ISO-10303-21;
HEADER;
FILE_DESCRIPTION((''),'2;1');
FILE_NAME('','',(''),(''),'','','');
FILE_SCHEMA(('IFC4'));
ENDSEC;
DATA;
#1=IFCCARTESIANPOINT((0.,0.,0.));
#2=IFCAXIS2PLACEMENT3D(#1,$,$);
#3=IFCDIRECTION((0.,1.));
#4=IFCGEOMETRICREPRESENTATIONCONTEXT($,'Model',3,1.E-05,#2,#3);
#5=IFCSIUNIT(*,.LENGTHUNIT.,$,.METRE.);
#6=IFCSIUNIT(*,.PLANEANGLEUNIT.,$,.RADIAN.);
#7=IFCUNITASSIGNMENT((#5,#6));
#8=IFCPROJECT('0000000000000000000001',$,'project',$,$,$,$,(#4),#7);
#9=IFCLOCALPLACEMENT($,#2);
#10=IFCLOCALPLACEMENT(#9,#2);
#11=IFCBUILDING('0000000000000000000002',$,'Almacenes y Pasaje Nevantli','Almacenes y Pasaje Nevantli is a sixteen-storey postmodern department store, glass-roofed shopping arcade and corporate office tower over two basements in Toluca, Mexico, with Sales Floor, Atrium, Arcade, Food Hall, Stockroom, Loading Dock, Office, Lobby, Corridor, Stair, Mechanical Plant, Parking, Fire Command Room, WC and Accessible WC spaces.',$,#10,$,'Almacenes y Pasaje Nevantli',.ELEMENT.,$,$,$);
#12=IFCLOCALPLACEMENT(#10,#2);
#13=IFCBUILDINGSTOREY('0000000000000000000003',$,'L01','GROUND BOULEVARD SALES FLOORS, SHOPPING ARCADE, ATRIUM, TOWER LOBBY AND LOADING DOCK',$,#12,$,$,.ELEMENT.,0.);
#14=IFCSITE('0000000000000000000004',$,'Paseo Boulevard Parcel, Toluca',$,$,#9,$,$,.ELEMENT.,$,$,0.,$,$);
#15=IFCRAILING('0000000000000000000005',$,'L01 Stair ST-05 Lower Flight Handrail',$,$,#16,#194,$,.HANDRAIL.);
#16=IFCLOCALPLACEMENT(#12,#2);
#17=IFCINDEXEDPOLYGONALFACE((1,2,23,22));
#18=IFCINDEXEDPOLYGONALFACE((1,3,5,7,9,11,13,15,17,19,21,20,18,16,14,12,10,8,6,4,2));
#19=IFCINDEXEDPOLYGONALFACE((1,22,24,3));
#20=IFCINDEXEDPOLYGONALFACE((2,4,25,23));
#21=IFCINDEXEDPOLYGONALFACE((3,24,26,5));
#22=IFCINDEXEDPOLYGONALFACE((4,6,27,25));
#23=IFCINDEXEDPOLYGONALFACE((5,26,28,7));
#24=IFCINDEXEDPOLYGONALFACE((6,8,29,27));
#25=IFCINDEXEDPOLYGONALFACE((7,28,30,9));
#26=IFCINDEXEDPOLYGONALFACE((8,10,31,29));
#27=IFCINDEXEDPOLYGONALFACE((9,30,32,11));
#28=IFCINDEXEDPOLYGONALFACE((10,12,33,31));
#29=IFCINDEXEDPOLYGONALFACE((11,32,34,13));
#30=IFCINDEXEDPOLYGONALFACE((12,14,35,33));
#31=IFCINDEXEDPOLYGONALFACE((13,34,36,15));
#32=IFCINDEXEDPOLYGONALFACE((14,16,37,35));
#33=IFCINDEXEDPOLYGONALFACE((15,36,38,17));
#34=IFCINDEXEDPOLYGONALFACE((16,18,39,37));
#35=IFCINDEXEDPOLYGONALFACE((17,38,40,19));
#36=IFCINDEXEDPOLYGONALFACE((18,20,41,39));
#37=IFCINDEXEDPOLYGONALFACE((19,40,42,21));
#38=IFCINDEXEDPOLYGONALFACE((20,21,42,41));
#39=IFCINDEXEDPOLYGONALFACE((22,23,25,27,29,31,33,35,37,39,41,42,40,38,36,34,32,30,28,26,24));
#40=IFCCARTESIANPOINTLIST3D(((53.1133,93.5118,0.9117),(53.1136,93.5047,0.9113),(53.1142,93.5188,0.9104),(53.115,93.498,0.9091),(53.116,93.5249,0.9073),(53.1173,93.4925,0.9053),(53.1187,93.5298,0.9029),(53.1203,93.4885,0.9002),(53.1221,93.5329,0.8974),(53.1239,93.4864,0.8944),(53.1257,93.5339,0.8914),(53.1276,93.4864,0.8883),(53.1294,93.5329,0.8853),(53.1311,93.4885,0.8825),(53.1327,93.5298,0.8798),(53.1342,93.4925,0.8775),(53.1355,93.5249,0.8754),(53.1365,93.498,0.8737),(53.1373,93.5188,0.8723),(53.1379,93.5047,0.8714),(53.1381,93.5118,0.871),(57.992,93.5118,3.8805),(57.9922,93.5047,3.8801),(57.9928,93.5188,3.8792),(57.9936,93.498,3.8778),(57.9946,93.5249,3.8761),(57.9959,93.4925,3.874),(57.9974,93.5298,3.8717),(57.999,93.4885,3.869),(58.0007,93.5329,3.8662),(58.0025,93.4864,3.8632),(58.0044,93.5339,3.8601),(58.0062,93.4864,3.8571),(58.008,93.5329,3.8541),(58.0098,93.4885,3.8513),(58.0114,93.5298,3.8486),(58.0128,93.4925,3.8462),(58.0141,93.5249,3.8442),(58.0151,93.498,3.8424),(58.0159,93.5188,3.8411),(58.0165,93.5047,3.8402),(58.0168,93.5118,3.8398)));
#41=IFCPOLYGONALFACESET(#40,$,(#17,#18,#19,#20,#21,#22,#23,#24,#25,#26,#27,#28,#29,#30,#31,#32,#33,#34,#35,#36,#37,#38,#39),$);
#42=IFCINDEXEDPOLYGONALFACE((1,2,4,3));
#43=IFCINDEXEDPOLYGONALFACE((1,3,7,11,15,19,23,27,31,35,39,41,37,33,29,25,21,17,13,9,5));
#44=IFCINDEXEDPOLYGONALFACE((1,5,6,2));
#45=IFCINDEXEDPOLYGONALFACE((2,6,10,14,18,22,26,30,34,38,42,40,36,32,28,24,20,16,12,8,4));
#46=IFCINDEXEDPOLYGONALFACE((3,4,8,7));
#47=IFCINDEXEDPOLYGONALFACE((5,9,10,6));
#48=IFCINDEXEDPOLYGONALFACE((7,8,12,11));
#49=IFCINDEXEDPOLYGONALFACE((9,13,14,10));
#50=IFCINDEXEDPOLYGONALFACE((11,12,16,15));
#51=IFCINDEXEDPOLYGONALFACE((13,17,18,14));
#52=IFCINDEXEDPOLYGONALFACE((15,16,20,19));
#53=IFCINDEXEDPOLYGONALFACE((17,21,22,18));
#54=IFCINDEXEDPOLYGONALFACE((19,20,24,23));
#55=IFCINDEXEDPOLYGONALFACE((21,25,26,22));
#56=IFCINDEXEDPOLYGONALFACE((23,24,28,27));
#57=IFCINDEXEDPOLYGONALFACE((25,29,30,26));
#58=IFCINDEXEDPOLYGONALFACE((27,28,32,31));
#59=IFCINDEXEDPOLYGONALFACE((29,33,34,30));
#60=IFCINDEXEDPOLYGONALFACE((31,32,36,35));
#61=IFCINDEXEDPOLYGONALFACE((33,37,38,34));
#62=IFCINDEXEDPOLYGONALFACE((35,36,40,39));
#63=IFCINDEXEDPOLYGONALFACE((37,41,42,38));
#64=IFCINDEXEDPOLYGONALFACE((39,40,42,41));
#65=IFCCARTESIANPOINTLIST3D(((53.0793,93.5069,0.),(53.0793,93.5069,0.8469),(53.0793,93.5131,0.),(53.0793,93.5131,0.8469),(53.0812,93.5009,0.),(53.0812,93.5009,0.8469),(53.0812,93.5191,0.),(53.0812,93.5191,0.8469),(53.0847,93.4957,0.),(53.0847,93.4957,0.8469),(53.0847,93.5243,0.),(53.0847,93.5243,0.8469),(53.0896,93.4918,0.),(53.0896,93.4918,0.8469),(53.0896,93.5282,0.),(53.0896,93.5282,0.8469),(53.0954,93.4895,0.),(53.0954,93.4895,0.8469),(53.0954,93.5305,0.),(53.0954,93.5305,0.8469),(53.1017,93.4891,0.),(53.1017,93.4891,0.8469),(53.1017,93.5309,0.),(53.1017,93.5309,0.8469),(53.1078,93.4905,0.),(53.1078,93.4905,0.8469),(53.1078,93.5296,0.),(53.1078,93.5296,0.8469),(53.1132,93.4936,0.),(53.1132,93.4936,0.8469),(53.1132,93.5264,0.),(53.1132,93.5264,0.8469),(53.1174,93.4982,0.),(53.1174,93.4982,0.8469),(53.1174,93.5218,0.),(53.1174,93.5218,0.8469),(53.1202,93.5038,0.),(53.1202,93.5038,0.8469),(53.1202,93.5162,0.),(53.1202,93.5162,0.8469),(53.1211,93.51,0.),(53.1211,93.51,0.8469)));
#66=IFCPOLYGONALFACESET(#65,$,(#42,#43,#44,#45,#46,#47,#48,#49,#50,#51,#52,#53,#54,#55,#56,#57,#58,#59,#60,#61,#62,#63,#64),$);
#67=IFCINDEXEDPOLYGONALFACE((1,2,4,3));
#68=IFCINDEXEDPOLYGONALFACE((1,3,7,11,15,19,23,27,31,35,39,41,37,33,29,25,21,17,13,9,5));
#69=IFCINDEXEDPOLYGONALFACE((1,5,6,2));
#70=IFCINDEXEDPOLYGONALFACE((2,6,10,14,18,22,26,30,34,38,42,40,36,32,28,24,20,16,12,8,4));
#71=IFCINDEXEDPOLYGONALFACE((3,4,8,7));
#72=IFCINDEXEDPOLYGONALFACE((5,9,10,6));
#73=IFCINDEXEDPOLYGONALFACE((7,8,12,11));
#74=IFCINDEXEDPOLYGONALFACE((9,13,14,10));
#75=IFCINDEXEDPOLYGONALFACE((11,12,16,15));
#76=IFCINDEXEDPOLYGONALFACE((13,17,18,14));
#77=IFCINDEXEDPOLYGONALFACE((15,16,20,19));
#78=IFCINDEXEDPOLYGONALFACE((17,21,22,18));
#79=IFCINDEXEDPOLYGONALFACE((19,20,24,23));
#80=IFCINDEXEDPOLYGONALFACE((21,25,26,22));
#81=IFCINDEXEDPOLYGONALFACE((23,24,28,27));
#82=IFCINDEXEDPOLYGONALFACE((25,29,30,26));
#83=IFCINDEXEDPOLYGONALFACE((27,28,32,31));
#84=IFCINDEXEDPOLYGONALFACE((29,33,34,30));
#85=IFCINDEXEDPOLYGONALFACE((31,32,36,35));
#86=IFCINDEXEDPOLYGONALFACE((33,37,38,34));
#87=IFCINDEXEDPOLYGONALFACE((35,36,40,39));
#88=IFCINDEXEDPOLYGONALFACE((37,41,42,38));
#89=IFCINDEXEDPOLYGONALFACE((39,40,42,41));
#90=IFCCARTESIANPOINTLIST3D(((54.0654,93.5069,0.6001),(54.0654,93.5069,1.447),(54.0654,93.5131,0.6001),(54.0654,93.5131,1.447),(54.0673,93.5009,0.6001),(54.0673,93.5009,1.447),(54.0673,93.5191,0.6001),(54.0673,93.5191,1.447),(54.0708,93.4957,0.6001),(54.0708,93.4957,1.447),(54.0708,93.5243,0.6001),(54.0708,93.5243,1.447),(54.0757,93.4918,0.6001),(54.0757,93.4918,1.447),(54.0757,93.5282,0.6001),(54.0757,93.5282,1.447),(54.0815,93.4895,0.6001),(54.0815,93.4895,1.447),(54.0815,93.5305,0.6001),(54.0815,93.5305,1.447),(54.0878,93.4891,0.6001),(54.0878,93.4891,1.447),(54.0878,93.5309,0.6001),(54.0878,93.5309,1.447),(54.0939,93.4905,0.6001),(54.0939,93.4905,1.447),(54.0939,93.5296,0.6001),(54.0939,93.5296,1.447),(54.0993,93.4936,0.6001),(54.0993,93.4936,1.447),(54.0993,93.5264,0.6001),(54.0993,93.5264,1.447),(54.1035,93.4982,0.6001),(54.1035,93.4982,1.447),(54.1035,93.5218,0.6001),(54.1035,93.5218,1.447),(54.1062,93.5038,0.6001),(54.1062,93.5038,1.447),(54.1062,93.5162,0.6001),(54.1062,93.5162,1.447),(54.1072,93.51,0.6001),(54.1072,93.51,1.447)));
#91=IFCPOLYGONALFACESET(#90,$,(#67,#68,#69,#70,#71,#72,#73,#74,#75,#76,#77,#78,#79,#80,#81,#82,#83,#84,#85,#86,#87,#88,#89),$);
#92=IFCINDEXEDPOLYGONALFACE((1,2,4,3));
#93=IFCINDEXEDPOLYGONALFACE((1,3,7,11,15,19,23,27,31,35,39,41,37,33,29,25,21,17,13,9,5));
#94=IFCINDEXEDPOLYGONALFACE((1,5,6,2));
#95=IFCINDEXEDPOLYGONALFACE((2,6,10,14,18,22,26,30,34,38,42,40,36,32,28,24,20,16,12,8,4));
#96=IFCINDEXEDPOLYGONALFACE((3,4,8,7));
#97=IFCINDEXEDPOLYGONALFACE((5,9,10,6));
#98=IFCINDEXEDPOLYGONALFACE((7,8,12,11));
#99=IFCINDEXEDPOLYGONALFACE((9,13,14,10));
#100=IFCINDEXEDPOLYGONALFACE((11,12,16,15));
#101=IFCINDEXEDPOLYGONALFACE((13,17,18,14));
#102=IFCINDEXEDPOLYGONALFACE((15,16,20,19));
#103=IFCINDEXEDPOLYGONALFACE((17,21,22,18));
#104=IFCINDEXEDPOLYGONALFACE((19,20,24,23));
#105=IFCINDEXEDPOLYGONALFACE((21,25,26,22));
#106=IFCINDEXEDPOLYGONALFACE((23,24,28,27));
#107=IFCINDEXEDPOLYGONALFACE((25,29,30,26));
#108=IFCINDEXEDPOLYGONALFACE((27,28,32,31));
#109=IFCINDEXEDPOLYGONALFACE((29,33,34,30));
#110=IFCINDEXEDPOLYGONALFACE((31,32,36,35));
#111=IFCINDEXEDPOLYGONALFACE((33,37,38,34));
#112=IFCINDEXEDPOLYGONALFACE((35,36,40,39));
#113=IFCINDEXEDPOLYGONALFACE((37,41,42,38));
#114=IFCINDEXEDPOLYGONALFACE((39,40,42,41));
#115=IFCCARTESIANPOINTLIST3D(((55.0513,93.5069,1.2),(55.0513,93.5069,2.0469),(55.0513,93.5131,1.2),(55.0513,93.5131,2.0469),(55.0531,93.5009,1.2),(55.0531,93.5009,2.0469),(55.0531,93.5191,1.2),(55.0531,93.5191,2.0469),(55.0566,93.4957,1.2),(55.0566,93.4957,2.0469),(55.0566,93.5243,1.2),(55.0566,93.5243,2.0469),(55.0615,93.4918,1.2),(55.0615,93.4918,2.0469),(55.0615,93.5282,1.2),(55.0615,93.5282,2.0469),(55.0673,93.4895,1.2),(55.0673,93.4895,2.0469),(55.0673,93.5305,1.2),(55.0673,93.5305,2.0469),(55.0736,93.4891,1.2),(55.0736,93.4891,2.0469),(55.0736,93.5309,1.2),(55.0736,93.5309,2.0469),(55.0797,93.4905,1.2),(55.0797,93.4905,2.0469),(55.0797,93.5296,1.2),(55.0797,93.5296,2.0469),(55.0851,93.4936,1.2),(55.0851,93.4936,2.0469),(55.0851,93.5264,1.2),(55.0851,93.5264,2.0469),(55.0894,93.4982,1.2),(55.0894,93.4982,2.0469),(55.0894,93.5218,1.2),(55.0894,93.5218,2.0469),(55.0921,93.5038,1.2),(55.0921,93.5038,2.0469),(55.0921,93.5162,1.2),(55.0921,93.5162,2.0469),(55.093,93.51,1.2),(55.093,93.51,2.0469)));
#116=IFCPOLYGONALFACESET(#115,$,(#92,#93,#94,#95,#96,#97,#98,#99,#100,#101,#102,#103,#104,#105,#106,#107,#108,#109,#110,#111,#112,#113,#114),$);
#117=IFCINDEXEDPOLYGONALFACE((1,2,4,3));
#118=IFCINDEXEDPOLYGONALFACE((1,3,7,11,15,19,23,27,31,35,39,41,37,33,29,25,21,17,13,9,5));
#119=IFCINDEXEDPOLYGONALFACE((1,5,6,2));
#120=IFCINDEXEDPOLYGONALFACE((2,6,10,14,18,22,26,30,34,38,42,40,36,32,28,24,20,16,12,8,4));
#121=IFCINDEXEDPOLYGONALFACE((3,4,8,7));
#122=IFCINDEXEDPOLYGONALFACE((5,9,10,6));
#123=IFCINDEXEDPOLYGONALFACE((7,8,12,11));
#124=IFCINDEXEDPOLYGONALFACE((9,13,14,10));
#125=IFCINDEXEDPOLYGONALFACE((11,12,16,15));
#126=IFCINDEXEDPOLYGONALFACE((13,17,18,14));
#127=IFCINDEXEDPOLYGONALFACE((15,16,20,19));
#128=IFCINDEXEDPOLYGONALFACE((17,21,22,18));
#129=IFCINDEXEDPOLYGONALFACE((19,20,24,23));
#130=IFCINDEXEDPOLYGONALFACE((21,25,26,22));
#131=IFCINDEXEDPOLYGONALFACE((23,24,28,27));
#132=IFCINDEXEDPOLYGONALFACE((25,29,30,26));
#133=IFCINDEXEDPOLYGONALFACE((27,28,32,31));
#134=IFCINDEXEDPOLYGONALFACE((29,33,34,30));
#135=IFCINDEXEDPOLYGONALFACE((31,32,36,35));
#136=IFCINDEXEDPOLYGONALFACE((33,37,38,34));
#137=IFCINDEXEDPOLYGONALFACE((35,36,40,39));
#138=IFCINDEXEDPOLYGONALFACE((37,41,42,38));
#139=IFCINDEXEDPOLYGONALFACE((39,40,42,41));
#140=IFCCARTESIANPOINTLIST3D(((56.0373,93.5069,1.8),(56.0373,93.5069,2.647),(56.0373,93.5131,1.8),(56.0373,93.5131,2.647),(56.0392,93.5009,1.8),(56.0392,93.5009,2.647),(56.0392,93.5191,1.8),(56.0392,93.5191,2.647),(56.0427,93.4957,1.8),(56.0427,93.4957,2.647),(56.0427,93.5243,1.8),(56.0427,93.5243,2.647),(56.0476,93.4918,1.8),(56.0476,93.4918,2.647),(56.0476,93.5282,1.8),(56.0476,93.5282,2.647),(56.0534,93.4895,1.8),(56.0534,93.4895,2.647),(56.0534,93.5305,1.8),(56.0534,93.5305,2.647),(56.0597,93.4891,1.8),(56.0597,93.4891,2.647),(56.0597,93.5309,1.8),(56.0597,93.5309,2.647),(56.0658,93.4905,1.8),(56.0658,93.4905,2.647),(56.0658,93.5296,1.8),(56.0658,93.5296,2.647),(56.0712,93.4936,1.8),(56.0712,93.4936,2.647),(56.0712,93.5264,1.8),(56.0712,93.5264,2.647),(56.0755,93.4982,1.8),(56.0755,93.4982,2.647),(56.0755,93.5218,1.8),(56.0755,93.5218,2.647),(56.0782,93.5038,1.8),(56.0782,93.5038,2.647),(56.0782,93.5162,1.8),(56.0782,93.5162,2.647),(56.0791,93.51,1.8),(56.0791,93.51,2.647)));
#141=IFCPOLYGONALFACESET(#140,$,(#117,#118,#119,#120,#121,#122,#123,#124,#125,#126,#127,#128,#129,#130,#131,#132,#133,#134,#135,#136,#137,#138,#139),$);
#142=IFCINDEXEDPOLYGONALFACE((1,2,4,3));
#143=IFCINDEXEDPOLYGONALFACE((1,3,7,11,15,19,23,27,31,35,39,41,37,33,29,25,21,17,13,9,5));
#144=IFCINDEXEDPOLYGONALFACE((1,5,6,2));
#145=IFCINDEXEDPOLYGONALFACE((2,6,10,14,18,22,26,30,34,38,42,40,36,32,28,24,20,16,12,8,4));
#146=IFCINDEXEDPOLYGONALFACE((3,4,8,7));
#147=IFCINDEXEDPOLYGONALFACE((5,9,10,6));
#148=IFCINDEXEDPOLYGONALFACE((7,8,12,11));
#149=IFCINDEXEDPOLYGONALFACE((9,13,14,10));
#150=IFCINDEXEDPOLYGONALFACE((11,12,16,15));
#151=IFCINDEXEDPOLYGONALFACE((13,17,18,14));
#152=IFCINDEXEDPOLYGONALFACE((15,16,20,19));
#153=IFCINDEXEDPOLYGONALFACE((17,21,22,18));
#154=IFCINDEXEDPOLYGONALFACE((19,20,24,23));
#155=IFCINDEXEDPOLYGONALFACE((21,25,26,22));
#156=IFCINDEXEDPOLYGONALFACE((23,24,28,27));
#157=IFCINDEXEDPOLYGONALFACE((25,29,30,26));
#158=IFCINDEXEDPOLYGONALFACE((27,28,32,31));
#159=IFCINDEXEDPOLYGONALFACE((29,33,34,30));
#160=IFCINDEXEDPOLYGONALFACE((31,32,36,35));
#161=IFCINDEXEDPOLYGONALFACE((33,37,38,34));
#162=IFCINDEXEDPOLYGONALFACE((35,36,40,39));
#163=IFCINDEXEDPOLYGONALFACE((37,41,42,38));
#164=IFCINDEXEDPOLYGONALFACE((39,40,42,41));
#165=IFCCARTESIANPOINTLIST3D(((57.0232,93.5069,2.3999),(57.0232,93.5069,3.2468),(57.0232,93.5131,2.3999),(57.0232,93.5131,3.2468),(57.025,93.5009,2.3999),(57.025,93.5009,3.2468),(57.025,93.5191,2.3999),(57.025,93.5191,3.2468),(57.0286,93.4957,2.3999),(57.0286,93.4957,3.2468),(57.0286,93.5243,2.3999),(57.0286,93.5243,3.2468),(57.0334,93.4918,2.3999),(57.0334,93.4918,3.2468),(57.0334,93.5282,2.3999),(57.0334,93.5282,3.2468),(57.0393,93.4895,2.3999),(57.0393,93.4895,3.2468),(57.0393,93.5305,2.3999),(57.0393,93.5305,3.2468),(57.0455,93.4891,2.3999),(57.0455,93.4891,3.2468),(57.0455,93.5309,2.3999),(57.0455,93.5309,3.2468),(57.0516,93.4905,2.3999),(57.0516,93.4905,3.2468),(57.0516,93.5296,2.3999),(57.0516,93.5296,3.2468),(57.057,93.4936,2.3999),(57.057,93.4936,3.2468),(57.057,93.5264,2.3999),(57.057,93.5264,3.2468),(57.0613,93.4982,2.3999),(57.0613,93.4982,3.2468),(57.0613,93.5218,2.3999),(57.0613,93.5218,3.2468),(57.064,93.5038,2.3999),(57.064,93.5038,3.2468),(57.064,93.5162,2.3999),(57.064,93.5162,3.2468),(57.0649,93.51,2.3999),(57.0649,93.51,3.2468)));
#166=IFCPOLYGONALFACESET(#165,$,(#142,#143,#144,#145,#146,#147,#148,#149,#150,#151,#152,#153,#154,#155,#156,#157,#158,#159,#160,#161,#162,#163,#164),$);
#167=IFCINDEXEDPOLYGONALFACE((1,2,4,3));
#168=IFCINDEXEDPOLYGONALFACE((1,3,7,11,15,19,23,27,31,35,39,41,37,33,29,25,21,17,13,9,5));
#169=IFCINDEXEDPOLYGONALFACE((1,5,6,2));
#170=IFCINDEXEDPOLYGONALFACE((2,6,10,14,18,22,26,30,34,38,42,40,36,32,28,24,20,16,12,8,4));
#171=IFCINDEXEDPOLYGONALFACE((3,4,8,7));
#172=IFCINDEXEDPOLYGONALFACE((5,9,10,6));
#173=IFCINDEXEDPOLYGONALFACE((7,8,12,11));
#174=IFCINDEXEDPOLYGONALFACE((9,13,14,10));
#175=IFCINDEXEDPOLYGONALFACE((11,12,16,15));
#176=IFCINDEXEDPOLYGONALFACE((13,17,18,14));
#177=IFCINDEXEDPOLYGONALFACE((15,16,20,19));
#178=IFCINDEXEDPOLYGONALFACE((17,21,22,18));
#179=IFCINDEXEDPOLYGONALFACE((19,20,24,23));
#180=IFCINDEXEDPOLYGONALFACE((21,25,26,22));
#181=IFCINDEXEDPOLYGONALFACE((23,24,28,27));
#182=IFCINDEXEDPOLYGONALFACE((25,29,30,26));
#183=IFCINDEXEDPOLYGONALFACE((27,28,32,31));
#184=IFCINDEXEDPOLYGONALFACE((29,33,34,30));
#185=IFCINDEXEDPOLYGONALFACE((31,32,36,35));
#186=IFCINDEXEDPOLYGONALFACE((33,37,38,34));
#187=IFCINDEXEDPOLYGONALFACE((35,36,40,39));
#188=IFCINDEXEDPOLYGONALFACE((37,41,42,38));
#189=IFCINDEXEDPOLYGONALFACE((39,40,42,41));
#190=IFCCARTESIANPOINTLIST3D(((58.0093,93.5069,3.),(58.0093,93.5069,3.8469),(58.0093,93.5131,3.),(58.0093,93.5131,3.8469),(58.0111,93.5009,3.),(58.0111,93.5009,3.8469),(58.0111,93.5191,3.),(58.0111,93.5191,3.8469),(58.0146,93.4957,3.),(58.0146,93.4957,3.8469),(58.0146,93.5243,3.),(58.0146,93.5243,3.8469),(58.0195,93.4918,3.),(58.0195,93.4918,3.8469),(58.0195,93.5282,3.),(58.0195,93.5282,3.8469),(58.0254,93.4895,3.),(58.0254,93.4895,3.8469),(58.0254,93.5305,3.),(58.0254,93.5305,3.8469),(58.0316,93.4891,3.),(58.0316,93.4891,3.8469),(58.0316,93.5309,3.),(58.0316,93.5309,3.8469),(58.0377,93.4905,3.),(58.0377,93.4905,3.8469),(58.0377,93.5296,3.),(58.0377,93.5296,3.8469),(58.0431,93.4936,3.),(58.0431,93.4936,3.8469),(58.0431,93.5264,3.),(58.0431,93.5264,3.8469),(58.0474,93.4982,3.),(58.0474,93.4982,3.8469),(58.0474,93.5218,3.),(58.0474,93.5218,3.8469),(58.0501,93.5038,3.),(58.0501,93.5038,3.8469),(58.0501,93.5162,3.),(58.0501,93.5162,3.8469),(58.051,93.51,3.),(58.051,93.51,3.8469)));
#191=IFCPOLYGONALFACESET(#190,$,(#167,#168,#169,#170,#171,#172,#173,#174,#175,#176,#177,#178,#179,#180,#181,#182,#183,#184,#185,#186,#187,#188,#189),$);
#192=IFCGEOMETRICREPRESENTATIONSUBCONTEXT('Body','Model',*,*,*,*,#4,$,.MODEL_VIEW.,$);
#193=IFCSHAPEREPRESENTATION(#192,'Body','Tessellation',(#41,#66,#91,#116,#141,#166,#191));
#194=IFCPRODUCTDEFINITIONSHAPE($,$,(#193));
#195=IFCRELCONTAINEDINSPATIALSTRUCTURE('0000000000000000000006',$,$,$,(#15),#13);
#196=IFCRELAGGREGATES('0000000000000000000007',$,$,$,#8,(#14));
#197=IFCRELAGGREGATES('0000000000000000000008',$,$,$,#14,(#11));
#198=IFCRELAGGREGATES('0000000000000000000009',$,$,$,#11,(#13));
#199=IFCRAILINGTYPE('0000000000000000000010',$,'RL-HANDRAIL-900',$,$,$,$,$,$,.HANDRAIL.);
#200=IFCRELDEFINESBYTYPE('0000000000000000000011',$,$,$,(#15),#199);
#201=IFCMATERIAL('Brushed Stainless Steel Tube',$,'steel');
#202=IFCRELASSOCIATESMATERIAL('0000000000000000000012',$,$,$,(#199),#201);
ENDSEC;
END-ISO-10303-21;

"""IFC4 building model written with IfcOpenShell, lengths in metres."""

from ifc_helpers import new_model, si_unit, direction, frame, origin, origin_2d, place, context, subcontext, project, spatial, circle, extrude, material, type_object, element, save


model = new_model("IFC4")

# Units and contexts
model_context = context("Model", 3, precision=1e-05, world=origin(), true_north=direction((0.0, 1.0)))
body_context = subcontext(model_context, "Body", "Model", "MODEL_VIEW")
ifc_project = project(units=[si_unit("LENGTHUNIT", "METRE"), si_unit("PLANEANGLEUNIT", "RADIAN")], contexts=[model_context])

# Site, building, storey
site_placement = place(None, origin())
site = spatial("IfcSite", under=ifc_project, at=site_placement, Name="Paseo Boulevard Parcel, Toluca", CompositionType="ELEMENT", RefElevation=0.0)
building_placement = place(site_placement, origin())
building = spatial("IfcBuilding", under=site, at=building_placement, Name="Almacenes y Pasaje Nevantli", Description="Almacenes y Pasaje Nevantli is a sixteen-storey postmodern department store, glass-roofed shopping arcade and corporate office tower over two basements in Toluca, Mexico, with Sales Floor, Atrium, Arcade, Food Hall, Stockroom, Loading Dock, Office, Lobby, Corridor, Stair, Mechanical Plant, Parking, Fire Command Room, WC and Accessible WC spaces.", LongName="Almacenes y Pasaje Nevantli", CompositionType="ELEMENT")
storey_placement = place(building_placement, origin())
storey = spatial("IfcBuildingStorey", under=building, at=storey_placement, Name="L01", Description="GROUND BOULEVARD SALES FLOORS, SHOPPING ARCADE, ATRIUM, TOWER LOBBY AND LOADING DOCK", CompositionType="ELEMENT", Elevation=0.0)

# Railing
ifc_material_1 = material(Name="Brushed Stainless Steel Tube", Category="steel")
railing_type_1 = type_object("IfcRailingType", Name="RL-HANDRAIL-900", PredefinedType="HANDRAIL", material=ifc_material_1)
railing_1_placement = place(storey_placement, frame((53.1001, 93.51, 0.0)))
element("IfcRailing", 1, at=railing_1_placement, inside=storey, type_object=railing_type_1, Name="L01 Stair ST-05 Lower Flight Handrail", PredefinedType="HANDRAIL", context=body_context, shape_type="SweptSolid", body=[
    extrude(circle(Radius=0.0239, at=origin_2d()), frame((0.0256, 0.0, 0.8914), z_axis=(0.854262, 0.0, 0.519842), x_axis=(0.0, 1.0, 0.0)), (0.0, 0.0, 1.0), 5.7109),
    extrude(circle(Radius=0.021, at=origin_2d()), origin(), (0.0, 0.0, 1.0), 0.8469),
    extrude(circle(Radius=0.021, at=origin_2d()), frame((0.9861, 0.0, 0.6001)), (0.0, 0.0, 1.0), 0.8469),
    extrude(circle(Radius=0.021, at=origin_2d()), frame((1.9719, 0.0, 1.2)), (0.0, 0.0, 1.0), 0.8469),
    extrude(circle(Radius=0.021, at=origin_2d()), frame((2.958, 0.0, 1.8)), (0.0, 0.0, 1.0), 0.8469),
    extrude(circle(Radius=0.021, at=origin_2d()), frame((3.9438, 0.0, 2.3999)), (0.0, 0.0, 1.0), 0.8469),
    extrude(circle(Radius=0.021, at=origin_2d()), frame((4.9299, 0.0, 3.0)), (0.0, 0.0, 1.0), 0.8469),
])

save(model, "model.ifc")
